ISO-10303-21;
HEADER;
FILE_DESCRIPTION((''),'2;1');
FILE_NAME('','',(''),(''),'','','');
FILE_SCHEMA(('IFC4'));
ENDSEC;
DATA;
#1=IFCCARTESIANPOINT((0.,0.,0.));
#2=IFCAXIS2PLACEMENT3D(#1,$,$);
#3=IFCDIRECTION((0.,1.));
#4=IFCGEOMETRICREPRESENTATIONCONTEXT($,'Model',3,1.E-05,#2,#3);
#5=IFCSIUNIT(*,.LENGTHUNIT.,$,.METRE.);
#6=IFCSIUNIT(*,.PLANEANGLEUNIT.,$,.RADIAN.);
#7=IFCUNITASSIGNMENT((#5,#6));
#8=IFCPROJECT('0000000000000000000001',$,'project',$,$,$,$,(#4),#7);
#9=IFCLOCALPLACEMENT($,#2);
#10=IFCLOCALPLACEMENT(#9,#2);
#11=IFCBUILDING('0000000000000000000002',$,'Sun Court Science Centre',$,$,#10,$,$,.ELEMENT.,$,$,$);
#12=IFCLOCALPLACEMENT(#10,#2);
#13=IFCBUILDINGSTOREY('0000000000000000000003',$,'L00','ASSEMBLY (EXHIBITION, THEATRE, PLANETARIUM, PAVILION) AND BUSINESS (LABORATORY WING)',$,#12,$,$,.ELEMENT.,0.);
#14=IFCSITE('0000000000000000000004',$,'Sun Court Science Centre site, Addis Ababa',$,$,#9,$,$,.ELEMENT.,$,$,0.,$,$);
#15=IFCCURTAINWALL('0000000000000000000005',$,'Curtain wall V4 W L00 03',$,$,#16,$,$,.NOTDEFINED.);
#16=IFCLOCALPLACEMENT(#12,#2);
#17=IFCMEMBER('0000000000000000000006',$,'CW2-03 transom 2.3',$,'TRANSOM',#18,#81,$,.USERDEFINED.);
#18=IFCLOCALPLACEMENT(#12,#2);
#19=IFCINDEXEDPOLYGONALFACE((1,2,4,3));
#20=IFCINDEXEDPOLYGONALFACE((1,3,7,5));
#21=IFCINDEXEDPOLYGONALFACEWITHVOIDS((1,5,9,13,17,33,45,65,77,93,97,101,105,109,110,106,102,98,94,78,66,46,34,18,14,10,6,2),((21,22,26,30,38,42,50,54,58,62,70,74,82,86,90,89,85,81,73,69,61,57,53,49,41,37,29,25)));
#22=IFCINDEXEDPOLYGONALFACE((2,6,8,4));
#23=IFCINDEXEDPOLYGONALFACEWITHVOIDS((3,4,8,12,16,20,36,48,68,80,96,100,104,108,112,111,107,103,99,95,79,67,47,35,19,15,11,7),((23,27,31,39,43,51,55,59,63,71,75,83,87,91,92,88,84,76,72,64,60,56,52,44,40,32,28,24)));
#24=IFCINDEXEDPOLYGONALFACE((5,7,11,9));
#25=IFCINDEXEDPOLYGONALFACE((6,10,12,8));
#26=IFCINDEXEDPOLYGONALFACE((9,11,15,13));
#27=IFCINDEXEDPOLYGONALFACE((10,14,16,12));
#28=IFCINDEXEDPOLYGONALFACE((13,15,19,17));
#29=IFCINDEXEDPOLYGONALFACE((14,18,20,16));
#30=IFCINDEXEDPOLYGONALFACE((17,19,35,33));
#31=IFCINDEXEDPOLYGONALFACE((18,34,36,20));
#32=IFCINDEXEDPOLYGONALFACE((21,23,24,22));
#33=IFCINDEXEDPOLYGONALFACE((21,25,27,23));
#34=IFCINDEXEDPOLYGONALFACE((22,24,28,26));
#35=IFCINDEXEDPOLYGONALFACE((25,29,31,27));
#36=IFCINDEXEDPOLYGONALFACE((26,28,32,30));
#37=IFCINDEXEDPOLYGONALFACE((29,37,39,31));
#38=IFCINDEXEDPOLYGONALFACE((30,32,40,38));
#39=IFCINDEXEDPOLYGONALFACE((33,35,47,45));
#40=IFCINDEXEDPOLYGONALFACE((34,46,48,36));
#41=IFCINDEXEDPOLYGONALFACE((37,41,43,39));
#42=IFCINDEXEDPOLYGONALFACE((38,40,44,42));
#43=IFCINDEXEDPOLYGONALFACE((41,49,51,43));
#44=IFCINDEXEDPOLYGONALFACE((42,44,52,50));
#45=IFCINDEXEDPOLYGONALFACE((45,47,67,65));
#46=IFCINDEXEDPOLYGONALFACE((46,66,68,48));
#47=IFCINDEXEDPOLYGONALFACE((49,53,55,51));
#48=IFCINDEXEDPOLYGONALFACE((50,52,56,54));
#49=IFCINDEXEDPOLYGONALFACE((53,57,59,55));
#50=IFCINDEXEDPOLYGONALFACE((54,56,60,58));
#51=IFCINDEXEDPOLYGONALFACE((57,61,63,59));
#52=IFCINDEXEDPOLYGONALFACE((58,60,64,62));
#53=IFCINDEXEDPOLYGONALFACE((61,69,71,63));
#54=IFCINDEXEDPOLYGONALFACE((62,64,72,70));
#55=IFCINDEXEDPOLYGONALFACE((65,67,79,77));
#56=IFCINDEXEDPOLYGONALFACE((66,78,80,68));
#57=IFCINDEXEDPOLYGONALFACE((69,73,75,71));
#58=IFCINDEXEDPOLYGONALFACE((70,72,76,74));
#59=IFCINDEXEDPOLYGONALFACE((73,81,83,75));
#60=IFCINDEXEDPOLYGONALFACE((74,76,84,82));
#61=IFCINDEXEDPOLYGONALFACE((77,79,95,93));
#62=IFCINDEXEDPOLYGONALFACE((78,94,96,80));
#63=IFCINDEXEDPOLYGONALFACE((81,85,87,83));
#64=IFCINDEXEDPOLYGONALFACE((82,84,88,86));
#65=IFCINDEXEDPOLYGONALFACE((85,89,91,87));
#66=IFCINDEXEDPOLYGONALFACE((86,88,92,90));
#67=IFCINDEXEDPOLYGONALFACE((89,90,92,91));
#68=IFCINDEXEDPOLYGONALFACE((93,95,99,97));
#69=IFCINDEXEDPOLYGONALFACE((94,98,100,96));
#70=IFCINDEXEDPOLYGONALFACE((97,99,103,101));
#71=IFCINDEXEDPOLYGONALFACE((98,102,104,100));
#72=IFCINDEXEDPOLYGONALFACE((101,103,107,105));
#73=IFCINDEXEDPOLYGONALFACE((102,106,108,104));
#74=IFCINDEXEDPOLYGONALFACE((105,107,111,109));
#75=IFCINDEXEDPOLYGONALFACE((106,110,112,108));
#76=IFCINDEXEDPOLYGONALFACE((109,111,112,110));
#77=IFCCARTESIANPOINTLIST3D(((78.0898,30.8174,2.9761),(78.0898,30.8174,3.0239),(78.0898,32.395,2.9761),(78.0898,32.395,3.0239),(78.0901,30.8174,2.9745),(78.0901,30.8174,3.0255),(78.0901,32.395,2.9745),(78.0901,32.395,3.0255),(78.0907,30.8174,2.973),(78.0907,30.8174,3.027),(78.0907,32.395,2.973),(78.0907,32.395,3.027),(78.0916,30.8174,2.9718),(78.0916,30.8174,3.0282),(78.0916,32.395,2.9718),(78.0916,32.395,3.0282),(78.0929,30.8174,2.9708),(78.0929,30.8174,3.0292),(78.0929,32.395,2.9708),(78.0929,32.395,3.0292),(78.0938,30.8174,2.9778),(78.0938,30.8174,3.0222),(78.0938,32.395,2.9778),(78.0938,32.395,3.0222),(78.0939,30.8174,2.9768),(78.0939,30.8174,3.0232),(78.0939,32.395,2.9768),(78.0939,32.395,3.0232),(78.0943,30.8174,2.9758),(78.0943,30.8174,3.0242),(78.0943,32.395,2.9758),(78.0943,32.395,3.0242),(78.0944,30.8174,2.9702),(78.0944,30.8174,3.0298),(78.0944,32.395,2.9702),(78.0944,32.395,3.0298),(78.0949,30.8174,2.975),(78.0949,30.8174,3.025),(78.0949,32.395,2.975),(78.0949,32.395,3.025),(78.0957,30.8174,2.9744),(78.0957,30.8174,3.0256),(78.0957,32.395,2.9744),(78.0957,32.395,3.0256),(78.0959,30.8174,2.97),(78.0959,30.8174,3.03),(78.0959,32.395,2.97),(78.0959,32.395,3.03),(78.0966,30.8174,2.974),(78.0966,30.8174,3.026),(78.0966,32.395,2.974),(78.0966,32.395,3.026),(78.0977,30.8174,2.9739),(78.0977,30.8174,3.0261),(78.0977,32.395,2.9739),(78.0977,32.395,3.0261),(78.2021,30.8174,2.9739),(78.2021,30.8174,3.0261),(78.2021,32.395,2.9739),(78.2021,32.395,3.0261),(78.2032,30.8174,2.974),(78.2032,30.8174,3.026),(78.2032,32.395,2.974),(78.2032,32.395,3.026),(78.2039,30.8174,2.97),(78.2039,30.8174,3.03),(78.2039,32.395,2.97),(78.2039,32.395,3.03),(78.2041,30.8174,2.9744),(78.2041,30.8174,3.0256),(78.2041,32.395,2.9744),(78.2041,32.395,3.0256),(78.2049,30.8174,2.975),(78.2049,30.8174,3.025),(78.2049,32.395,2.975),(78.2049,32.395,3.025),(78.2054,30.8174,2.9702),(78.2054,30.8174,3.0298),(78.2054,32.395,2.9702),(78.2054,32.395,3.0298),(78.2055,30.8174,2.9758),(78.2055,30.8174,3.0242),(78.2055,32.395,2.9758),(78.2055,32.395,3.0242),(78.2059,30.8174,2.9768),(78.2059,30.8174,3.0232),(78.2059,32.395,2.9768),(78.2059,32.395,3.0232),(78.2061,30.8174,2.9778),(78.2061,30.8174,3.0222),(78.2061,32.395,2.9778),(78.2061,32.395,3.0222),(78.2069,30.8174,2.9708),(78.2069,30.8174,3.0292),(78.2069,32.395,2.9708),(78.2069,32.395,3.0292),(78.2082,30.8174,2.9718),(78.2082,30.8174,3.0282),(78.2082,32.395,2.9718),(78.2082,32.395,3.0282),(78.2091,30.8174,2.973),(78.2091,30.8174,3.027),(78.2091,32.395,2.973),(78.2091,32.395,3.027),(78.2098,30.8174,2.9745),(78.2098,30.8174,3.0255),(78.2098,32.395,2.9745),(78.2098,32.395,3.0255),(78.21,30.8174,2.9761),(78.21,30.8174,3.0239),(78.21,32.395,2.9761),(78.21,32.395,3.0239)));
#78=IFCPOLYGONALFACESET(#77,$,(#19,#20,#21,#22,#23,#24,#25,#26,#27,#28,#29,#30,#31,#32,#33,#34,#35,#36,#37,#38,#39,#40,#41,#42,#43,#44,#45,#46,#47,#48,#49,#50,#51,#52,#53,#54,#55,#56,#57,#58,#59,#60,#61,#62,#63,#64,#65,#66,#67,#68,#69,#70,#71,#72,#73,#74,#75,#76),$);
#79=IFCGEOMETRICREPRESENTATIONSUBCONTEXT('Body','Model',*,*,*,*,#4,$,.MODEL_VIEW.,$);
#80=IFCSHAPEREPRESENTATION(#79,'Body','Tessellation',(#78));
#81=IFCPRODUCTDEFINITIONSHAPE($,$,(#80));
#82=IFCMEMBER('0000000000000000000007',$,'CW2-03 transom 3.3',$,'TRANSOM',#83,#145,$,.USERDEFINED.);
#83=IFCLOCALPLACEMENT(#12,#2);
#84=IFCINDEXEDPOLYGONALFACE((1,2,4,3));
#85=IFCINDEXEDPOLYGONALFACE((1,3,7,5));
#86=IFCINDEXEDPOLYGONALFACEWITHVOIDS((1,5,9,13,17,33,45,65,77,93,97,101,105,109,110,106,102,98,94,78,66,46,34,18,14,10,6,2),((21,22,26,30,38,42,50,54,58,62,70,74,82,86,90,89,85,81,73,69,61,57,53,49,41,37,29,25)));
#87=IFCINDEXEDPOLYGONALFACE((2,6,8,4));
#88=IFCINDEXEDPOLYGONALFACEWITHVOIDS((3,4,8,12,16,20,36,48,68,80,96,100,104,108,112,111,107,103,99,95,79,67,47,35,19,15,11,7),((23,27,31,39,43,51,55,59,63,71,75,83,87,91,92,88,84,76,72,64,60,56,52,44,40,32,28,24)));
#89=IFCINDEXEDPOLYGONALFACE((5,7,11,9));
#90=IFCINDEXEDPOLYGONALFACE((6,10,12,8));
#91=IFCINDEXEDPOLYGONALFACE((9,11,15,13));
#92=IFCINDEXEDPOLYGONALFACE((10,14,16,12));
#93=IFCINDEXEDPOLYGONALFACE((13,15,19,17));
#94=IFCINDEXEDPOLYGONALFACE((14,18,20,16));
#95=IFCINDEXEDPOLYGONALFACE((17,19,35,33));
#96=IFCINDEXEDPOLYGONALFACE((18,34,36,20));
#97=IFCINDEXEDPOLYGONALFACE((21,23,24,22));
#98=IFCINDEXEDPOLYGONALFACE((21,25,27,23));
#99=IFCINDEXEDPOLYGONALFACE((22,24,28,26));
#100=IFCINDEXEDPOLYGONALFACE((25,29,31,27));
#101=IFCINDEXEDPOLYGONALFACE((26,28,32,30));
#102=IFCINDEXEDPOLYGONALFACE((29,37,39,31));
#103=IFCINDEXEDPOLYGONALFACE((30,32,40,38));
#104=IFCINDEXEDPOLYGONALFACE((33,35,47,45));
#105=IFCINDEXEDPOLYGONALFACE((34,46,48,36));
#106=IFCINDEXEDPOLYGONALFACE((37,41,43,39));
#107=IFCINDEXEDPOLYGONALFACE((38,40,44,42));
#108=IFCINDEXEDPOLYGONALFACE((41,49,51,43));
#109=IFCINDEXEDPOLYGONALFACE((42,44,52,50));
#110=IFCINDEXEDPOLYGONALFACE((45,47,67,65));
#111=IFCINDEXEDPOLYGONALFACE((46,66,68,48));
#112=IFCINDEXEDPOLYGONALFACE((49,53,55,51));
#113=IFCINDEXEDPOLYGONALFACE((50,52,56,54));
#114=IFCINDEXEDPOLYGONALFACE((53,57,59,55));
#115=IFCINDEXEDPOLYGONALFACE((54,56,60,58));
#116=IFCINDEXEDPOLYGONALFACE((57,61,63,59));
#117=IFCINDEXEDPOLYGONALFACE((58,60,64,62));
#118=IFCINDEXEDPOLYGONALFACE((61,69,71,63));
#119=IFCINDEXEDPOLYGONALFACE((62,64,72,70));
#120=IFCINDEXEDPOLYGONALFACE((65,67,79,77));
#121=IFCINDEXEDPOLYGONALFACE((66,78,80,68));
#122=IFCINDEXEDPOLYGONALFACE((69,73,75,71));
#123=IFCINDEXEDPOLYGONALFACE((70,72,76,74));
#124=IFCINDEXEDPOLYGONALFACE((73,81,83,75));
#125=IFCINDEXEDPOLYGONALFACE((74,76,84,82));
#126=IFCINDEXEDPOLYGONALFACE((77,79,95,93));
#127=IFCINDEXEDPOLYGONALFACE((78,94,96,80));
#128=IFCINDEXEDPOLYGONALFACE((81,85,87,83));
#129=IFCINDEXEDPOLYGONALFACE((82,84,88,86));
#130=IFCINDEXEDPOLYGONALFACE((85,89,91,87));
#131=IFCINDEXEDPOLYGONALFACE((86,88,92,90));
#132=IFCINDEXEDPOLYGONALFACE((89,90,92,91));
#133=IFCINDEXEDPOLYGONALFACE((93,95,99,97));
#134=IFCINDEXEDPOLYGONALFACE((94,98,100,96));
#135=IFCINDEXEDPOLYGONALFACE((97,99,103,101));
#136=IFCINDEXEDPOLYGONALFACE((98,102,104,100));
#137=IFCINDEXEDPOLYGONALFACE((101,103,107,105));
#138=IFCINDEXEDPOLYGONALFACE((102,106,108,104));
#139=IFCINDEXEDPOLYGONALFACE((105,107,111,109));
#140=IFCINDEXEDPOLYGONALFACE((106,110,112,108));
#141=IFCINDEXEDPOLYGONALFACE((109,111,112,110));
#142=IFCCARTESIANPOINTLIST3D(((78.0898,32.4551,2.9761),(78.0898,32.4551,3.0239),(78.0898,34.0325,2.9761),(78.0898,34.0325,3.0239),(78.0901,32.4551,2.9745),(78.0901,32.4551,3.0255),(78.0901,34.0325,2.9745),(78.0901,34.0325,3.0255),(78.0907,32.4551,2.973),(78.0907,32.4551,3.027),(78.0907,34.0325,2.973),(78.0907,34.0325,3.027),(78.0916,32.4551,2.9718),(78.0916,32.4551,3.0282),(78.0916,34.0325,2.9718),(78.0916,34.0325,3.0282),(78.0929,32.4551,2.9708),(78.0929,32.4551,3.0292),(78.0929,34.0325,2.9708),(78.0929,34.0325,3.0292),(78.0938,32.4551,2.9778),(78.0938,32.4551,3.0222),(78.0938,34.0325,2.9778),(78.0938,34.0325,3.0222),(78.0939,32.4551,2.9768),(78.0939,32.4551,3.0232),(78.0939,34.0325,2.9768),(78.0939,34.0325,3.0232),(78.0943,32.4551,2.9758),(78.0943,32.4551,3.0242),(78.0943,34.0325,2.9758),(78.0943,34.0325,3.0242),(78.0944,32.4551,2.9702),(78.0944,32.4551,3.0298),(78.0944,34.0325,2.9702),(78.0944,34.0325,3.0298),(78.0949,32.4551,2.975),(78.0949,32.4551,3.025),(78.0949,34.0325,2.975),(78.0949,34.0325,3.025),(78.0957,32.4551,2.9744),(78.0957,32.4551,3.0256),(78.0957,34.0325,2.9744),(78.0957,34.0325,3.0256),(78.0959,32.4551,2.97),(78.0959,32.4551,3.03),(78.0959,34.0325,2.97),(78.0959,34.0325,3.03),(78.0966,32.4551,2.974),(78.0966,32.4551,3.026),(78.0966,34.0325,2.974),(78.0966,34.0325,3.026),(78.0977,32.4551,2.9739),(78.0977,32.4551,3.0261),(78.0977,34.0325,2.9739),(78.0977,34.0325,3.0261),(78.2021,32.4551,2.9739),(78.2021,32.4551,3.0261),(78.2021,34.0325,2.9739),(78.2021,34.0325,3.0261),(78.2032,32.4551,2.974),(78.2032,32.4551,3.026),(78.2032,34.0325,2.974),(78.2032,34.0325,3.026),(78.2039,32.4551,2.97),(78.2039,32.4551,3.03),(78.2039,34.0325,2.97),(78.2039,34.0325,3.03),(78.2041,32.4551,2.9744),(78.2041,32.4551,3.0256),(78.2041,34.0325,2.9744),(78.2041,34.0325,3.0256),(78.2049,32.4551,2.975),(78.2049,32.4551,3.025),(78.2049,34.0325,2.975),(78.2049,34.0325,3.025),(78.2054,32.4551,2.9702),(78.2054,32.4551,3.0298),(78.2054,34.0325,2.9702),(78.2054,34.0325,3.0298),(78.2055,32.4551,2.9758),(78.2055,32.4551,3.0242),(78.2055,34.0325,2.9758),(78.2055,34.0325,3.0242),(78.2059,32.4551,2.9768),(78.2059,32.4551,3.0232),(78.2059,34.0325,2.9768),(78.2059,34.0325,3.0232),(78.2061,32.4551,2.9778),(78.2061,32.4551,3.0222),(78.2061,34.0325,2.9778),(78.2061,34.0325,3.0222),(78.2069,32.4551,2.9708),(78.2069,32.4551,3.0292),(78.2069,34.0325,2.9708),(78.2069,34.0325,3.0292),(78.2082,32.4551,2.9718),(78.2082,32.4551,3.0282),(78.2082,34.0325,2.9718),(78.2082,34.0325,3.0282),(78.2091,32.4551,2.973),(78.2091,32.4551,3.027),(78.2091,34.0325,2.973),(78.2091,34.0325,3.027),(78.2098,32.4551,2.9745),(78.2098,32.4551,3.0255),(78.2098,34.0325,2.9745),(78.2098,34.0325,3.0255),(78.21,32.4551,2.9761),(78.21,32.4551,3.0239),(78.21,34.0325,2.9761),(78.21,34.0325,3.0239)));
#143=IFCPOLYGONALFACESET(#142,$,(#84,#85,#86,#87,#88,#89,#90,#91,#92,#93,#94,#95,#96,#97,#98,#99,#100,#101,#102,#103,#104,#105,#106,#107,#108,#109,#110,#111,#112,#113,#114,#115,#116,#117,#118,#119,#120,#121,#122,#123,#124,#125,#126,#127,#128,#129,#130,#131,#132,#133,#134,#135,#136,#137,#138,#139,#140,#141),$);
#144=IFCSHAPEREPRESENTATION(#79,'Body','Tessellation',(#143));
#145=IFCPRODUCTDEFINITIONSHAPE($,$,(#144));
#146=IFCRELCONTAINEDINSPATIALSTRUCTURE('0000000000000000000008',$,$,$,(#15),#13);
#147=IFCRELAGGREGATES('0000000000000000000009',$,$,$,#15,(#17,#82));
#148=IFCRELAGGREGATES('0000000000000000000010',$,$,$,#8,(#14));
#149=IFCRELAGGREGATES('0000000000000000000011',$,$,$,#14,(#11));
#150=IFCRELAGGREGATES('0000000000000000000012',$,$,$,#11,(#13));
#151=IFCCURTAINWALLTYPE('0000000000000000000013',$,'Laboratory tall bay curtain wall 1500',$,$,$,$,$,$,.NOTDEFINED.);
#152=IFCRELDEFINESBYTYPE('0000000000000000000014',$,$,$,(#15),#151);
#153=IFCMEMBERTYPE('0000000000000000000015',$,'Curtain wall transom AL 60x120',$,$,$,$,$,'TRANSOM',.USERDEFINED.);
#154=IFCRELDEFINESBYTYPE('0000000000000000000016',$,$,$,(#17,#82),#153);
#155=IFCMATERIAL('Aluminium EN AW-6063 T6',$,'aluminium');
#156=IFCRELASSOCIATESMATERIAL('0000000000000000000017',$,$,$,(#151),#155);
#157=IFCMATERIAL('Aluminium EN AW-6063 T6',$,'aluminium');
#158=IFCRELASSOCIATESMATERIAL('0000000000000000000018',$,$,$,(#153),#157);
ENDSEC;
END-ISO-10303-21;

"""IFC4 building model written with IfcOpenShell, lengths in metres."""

from ifc_helpers import new_model, si_unit, direction, frame, origin, origin_2d, place, context, subcontext, project, spatial, hollow_rectangle, extrude, material, material_profile, profile_set, type_object, element, aggregate, save


model = new_model("IFC4")

# Units and contexts
model_context = context("Model", 3, precision=1e-05, world=origin(), true_north=direction((0.0, 1.0)))
body_context = subcontext(model_context, "Body", "Model", "MODEL_VIEW")
ifc_project = project(units=[si_unit("LENGTHUNIT", "METRE"), si_unit("PLANEANGLEUNIT", "RADIAN")], contexts=[model_context])

# Site, building, storey
site_placement = place(None, origin())
site = spatial("IfcSite", under=ifc_project, at=site_placement, Name="Sun Court Science Centre site, Addis Ababa", CompositionType="ELEMENT", RefElevation=0.0)
building_placement = place(site_placement, origin())
building = spatial("IfcBuilding", under=site, at=building_placement, Name="Sun Court Science Centre", CompositionType="ELEMENT")
storey_placement = place(building_placement, origin())
storey = spatial("IfcBuildingStorey", under=building, at=storey_placement, Name="L00", Description="ASSEMBLY (EXHIBITION, THEATRE, PLANETARIUM, PAVILION) AND BUSINESS (LABORATORY WING)", CompositionType="ELEMENT", Elevation=0.0)

# Curtain wall, members
ifc_material_1 = material(Name="Aluminium EN AW-6063 T6", Category="aluminium")
curtain_wall_type = type_object("IfcCurtainWallType", Name="Laboratory tall bay curtain wall 1500", PredefinedType="NOTDEFINED", material=ifc_material_1)
curtain_wall_placement = place(storey_placement, origin())
curtain_wall = element("IfcCurtainWall", 1, at=curtain_wall_placement, inside=storey, type_object=curtain_wall_type, Name="Curtain wall V4 W L00 03", PredefinedType="NOTDEFINED")
ifc_material_2 = material(Name="Aluminium EN AW-6063 T6", Category="aluminium")
ifc_material_profile_1 = material_profile(ifc_material_2, hollow_rectangle(XDim=0.0601, YDim=0.1201, WallThickness=0.0039, InnerFilletRadius=0.0039, OuterFilletRadius=0.0061, at=origin_2d()), Name="AL 60x120x4")
ifc_profile_set_1 = profile_set([ifc_material_profile_1], Name="Aluminium EN AW-6063 T6")
member_type_1 = type_object("IfcMemberType", Name="Curtain wall transom AL 60x120", ElementType="TRANSOM", PredefinedType="USERDEFINED", material=ifc_profile_set_1)
member_1_placement = place(storey_placement, frame((78.1499, 30.8174, 3.0), z_axis=(0.0, 1.0, 0.0), x_axis=(0.0, 0.0, 1.0)))
member_1 = element("IfcMember", 2, at=member_1_placement, type_object=member_type_1, Name="CW2-03 transom 2.3", ObjectType="TRANSOM", PredefinedType="USERDEFINED", context=body_context, shape_type="SweptSolid", body=[
    extrude(hollow_rectangle(XDim=0.0601, YDim=0.1201, WallThickness=0.0039, InnerFilletRadius=0.0039, OuterFilletRadius=0.0061, at=origin_2d()), origin(), (0.0, 0.0, 1.0), 1.5776),
])
member_2_placement = place(storey_placement, frame((78.1499, 32.4551, 3.0), z_axis=(0.0, 1.0, 0.0), x_axis=(0.0, 0.0, 1.0)))
member_2 = element("IfcMember", 3, at=member_2_placement, type_object=member_type_1, Name="CW2-03 transom 3.3", ObjectType="TRANSOM", PredefinedType="USERDEFINED", context=body_context, shape_type="SweptSolid", body=[
    extrude(hollow_rectangle(XDim=0.0601, YDim=0.1201, WallThickness=0.0039, InnerFilletRadius=0.0039, OuterFilletRadius=0.0061, at=origin_2d()), origin(), (0.0, 0.0, 1.0), 1.5774),
])
aggregate(curtain_wall, [member_1, member_2])

save(model, "model.ifc")
